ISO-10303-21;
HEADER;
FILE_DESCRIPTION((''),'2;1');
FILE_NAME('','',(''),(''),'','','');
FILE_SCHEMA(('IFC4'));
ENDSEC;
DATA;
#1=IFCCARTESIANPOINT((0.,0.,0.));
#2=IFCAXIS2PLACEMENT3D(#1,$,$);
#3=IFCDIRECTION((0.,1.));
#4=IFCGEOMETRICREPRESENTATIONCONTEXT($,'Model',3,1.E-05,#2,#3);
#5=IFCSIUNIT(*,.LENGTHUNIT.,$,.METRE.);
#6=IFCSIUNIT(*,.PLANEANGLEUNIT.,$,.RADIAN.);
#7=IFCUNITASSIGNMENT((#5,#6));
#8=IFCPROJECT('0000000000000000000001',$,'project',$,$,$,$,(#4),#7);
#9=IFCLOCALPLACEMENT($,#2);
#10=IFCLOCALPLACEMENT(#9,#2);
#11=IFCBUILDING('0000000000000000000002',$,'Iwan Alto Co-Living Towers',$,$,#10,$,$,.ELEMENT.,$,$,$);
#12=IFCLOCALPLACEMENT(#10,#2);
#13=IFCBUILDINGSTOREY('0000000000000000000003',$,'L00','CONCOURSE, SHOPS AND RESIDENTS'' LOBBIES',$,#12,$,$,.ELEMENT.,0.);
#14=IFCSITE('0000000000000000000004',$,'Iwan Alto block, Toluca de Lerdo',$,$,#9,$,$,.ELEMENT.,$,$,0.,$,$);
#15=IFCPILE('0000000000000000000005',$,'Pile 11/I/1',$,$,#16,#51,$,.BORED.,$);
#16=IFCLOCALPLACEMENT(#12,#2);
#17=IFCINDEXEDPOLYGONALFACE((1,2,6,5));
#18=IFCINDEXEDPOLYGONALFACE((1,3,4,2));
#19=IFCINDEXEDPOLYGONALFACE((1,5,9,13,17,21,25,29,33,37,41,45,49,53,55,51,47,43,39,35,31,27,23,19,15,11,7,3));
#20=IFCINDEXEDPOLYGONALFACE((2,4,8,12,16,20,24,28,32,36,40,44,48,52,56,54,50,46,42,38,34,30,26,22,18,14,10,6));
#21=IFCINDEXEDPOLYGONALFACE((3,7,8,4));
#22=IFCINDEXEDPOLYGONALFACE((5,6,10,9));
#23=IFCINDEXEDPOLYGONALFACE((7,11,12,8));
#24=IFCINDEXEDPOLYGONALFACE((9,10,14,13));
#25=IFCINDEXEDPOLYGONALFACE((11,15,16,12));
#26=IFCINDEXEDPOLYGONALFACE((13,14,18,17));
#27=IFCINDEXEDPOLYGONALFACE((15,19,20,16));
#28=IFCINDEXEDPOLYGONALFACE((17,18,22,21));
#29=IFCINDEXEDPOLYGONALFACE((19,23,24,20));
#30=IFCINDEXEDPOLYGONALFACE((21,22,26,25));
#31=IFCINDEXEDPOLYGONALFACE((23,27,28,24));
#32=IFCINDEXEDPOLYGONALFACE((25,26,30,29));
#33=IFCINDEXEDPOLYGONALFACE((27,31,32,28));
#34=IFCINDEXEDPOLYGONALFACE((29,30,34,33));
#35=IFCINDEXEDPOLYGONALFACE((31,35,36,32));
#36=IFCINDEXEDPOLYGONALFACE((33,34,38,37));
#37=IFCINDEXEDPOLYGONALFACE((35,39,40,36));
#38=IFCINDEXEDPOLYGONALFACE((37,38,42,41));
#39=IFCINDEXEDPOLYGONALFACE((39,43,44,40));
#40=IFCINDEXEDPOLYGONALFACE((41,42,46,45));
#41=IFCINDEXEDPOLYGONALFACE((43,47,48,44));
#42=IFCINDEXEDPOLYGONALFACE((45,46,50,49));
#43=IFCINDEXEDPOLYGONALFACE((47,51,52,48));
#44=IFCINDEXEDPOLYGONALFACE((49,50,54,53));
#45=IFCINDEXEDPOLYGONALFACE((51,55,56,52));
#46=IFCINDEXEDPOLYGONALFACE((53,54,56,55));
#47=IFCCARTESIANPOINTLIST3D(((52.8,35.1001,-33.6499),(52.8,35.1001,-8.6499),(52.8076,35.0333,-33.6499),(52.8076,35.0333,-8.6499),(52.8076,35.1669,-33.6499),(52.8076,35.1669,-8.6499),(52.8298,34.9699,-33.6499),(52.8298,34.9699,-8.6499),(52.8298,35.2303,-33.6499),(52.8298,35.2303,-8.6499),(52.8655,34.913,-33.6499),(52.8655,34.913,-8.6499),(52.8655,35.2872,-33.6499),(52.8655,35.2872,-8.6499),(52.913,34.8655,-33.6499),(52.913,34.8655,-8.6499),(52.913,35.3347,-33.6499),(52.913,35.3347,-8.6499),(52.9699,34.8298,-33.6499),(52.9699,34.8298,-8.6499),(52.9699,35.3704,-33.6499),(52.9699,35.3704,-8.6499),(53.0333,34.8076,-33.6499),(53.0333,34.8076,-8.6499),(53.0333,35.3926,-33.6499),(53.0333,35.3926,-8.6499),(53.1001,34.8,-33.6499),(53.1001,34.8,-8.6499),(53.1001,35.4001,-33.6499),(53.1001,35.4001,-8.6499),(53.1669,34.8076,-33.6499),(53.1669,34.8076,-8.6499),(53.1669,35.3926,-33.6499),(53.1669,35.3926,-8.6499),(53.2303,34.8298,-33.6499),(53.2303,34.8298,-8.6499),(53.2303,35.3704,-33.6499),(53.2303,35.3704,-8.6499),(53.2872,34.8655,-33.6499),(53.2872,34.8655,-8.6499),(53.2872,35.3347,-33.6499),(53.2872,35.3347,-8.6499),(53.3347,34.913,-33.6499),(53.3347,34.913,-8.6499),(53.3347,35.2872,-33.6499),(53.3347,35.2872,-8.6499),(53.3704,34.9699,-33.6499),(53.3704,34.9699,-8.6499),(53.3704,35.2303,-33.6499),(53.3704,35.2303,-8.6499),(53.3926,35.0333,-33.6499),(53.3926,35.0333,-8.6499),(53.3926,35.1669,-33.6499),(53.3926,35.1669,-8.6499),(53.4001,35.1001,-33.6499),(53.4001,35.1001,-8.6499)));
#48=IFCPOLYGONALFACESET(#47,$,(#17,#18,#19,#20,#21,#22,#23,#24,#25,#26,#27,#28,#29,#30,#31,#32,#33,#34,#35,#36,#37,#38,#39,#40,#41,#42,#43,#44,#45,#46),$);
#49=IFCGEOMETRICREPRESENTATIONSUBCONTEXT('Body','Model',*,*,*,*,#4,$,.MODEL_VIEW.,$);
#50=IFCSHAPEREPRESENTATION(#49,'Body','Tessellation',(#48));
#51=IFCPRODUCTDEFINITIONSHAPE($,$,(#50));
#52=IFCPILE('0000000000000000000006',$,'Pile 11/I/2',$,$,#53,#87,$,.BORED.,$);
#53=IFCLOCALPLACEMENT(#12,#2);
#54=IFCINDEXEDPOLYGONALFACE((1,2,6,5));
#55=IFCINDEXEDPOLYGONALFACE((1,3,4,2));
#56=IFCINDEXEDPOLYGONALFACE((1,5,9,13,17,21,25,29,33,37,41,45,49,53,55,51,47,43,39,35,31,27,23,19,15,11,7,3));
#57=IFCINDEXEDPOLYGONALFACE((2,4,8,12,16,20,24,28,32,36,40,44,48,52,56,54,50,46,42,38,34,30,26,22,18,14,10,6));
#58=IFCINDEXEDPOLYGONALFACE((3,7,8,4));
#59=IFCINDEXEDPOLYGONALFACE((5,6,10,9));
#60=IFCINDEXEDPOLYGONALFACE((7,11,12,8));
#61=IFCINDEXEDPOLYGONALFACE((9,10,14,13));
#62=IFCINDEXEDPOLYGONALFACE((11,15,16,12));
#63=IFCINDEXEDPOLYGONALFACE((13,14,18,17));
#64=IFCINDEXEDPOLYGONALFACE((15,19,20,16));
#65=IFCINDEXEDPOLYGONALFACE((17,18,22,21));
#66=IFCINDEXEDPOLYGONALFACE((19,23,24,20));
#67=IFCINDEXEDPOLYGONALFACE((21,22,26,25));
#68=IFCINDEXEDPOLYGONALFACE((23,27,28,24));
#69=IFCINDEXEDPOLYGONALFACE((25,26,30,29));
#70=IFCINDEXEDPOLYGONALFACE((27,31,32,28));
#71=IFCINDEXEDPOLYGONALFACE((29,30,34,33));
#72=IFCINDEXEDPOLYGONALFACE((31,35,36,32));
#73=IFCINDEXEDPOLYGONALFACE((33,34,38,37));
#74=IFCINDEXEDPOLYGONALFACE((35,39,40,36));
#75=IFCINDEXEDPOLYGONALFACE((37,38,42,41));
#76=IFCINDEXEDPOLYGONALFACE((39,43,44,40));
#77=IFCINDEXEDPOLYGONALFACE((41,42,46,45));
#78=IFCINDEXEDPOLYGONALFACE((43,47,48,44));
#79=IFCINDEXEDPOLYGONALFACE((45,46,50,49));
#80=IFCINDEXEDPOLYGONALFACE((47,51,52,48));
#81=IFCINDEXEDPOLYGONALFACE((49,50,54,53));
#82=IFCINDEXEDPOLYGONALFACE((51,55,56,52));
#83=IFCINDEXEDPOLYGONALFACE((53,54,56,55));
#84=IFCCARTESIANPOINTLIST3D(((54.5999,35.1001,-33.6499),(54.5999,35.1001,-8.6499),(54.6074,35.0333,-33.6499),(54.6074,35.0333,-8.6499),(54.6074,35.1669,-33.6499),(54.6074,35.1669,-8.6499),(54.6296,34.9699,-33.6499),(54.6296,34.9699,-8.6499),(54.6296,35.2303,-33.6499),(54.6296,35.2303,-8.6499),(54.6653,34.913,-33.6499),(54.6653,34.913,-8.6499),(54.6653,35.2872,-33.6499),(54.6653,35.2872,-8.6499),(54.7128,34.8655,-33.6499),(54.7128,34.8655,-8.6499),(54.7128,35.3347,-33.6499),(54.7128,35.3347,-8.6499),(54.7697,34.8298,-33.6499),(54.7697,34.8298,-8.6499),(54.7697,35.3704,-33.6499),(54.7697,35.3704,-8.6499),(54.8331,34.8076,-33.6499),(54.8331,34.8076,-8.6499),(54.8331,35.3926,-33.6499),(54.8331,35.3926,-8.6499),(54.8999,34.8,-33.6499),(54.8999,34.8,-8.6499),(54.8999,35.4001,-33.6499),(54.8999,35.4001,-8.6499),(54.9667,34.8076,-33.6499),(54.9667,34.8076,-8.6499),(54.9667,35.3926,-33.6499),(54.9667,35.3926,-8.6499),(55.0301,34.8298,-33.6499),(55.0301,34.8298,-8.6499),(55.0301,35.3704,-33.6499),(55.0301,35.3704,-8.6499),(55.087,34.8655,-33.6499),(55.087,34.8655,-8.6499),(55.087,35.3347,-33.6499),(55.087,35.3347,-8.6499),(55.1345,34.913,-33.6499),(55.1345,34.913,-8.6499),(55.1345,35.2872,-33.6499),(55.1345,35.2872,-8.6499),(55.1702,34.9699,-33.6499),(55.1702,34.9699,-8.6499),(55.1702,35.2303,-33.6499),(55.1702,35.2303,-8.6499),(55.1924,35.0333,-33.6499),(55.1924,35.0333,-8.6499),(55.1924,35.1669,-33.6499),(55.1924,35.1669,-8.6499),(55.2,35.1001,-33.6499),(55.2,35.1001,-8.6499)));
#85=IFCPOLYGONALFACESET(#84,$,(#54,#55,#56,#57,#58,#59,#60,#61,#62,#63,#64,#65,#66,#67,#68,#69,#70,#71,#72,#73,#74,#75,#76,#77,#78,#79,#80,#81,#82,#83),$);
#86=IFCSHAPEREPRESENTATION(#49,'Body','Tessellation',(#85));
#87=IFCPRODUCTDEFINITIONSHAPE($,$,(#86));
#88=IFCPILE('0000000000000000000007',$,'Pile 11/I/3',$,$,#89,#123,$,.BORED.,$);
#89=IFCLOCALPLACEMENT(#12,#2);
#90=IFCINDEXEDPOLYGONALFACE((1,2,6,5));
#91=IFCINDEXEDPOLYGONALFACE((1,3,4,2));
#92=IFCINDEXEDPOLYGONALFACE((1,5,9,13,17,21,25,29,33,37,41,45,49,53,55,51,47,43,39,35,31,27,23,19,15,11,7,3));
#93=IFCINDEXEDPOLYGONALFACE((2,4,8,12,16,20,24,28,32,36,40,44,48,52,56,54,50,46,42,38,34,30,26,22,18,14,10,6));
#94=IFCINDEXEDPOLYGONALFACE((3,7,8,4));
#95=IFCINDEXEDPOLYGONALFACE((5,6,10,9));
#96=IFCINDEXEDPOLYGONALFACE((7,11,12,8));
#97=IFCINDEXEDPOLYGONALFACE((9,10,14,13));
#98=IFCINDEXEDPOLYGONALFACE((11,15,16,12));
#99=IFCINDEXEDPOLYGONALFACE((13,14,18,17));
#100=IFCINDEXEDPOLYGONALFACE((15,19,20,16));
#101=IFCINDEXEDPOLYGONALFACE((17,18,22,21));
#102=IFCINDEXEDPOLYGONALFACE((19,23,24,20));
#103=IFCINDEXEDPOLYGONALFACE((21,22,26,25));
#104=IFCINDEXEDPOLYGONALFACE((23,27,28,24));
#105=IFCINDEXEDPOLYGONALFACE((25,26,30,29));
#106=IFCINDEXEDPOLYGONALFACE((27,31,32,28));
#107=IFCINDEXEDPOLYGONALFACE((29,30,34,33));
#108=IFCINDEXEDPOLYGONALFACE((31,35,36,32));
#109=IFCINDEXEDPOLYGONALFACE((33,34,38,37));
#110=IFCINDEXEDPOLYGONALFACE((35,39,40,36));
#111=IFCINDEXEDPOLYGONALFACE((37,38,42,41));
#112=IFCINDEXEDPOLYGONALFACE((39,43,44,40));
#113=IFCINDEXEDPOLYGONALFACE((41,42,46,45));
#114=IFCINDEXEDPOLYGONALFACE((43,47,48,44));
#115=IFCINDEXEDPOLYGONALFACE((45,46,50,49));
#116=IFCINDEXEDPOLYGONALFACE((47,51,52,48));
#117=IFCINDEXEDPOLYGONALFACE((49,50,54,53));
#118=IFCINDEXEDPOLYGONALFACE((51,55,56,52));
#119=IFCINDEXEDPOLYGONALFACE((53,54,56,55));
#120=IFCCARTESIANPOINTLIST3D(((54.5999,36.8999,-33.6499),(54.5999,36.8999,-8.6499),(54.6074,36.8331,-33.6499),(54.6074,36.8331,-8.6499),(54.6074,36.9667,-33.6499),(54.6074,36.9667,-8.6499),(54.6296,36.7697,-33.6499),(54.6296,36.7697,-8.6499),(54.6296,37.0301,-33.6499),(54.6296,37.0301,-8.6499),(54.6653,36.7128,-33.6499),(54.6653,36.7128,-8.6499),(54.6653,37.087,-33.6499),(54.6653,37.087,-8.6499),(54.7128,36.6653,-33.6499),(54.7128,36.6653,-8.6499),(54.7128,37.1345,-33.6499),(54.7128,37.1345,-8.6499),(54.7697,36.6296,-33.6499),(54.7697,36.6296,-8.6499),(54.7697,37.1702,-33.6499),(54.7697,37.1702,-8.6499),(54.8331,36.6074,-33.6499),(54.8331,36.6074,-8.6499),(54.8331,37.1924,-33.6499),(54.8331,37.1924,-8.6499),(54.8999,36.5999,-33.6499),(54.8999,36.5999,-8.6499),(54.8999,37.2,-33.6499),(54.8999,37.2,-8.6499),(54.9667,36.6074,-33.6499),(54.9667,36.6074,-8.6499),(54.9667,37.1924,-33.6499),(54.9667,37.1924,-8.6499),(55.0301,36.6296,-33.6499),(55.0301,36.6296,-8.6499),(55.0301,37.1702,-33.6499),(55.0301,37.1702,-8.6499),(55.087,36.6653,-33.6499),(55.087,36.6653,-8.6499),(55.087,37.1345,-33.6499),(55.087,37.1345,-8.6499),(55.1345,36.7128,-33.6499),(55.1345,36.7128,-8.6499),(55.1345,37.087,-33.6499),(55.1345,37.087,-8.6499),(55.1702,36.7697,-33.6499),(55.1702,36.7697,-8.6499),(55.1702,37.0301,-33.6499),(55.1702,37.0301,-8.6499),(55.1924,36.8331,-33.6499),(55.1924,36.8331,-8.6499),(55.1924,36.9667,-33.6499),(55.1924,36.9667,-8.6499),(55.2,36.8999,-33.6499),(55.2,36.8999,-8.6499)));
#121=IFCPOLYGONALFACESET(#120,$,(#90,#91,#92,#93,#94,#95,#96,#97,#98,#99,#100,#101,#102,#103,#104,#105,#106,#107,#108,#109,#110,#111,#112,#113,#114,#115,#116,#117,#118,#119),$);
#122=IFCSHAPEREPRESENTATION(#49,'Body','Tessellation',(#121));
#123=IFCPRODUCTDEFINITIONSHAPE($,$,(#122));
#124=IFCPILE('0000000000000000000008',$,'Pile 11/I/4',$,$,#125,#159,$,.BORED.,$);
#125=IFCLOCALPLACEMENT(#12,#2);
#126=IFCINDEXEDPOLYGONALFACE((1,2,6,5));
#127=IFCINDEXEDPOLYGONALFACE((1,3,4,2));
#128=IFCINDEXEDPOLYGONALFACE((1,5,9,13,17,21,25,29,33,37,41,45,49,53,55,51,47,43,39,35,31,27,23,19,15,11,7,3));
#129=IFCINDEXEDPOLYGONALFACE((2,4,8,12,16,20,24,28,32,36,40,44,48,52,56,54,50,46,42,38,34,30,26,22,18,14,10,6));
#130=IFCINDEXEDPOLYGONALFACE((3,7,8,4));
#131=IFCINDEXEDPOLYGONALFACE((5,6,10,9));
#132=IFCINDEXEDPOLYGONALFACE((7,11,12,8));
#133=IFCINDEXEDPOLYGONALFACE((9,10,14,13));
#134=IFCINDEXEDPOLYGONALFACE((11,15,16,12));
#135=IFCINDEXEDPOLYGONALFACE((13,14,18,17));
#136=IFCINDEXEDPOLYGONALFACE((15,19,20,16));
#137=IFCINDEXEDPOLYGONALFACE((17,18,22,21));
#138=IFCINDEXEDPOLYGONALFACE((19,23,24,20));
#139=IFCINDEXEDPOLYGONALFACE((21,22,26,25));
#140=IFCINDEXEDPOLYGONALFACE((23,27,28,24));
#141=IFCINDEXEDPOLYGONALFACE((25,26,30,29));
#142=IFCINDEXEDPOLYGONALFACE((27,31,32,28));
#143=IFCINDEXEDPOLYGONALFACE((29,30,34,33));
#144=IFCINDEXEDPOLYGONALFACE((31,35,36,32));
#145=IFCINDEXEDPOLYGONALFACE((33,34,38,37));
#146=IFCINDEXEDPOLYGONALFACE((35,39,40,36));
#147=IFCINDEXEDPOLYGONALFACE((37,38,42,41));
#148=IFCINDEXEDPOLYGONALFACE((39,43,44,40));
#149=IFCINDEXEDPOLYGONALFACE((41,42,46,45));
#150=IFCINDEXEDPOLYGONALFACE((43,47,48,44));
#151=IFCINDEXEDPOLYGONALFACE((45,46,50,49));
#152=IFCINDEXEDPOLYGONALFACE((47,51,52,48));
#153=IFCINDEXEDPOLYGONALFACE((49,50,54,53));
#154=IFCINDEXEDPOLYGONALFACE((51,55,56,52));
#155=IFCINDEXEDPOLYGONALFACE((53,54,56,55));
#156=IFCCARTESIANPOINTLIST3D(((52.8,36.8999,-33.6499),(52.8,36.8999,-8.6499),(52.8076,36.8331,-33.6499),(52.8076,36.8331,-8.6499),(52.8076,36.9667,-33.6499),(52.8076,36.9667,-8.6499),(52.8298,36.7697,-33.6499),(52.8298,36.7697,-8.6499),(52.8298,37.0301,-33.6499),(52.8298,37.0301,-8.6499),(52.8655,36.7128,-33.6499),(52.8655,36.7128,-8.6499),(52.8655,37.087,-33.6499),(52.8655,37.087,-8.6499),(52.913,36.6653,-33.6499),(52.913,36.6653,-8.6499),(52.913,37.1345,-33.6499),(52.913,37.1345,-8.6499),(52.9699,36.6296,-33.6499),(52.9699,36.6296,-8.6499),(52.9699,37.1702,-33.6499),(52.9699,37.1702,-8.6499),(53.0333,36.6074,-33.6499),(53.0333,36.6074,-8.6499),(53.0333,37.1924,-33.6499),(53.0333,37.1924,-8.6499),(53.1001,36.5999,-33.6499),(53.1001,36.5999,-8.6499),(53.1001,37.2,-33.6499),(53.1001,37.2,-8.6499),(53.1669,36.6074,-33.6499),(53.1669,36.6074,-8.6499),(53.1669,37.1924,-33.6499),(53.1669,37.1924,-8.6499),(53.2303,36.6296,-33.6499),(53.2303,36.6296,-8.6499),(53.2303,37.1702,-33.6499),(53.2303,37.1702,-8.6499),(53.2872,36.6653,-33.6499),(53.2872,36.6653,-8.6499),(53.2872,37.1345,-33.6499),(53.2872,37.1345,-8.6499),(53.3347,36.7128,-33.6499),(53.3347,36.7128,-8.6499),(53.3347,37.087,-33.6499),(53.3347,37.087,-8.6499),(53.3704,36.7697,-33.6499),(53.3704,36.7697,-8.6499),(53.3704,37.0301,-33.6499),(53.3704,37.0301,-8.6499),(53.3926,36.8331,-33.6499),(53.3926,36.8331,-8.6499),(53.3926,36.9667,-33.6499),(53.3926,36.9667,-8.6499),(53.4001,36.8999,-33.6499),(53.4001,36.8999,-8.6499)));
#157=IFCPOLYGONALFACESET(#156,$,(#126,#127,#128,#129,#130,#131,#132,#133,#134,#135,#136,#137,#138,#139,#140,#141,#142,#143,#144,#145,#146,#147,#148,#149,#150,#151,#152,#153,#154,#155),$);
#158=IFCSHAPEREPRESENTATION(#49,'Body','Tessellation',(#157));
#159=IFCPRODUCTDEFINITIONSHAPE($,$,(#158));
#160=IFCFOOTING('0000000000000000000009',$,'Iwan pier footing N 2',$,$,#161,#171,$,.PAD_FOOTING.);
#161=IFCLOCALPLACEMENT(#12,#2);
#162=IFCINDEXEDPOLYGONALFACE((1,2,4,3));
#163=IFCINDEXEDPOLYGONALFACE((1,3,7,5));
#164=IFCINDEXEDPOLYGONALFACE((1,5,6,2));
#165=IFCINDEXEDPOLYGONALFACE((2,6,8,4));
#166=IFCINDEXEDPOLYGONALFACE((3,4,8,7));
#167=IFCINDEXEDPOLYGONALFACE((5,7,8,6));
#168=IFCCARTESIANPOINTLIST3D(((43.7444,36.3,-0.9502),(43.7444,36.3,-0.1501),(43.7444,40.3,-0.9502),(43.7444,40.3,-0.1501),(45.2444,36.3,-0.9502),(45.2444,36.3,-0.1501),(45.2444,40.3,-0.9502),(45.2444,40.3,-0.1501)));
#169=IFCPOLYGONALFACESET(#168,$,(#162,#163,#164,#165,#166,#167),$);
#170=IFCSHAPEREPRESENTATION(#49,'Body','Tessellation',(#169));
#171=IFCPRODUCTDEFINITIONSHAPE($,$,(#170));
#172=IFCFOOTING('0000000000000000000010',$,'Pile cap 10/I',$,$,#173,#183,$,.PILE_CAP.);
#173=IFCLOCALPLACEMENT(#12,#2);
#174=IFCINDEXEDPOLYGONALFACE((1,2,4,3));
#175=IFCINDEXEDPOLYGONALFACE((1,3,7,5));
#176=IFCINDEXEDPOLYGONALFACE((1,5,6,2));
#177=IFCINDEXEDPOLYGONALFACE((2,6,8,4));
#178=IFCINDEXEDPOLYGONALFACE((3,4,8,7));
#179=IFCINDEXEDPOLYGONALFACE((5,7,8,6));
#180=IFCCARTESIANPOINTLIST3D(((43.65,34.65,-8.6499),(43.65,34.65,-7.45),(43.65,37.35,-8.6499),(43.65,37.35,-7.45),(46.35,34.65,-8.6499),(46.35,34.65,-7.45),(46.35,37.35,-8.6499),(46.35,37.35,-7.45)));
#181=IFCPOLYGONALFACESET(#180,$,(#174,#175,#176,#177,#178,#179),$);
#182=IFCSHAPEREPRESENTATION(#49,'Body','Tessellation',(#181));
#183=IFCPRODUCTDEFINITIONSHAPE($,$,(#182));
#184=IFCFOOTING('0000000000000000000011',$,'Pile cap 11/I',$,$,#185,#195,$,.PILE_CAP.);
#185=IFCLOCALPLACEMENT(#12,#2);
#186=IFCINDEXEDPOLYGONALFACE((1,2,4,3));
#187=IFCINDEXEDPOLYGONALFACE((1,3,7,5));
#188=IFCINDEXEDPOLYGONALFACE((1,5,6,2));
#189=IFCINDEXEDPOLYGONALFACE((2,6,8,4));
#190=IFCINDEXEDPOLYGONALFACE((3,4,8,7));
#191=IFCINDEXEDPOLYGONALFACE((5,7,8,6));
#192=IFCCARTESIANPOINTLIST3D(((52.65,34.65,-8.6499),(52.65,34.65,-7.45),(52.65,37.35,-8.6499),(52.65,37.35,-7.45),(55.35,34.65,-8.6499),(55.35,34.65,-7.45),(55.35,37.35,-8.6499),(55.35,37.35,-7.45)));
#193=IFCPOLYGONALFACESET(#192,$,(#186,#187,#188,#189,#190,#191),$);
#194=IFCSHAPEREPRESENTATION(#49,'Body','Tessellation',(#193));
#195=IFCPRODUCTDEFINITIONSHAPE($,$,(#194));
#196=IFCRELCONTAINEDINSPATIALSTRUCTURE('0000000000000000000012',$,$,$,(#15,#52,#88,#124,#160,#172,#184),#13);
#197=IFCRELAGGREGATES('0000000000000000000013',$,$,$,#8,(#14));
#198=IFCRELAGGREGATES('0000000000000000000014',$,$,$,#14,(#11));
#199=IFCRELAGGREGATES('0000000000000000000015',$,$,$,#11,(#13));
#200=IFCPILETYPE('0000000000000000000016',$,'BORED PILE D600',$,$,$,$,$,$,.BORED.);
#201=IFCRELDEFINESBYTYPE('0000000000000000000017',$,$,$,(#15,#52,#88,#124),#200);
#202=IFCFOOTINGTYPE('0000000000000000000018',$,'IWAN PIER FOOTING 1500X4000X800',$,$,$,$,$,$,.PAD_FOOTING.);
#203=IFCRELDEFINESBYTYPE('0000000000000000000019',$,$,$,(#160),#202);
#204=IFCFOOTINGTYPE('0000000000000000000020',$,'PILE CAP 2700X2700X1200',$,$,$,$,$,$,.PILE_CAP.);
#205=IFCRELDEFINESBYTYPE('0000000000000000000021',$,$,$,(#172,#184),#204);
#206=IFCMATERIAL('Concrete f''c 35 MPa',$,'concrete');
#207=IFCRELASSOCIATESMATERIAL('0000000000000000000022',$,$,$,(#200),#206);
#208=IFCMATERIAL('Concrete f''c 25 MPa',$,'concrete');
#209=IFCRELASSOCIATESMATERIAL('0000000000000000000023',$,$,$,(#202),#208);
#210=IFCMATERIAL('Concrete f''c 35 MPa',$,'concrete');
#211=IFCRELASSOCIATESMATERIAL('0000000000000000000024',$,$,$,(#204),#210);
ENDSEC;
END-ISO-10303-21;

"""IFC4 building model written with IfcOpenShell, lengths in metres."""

from ifc_helpers import new_model, si_unit, direction, frame, origin, origin_2d, place, context, subcontext, project, spatial, rectangle, circle, extrude, material, material_profile, profile_set, type_object, element, save


model = new_model("IFC4")

# Units and contexts
model_context = context("Model", 3, precision=1e-05, world=origin(), true_north=direction((0.0, 1.0)))
body_context = subcontext(model_context, "Body", "Model", "MODEL_VIEW")
ifc_project = project(units=[si_unit("LENGTHUNIT", "METRE"), si_unit("PLANEANGLEUNIT", "RADIAN")], contexts=[model_context])

# Site, building, storey
site_placement = place(None, origin())
site = spatial("IfcSite", under=ifc_project, at=site_placement, Name="Iwan Alto block, Toluca de Lerdo", CompositionType="ELEMENT", RefElevation=0.0)
building_placement = place(site_placement, origin())
building = spatial("IfcBuilding", under=site, at=building_placement, Name="Iwan Alto Co-Living Towers", CompositionType="ELEMENT")
storey_placement = place(building_placement, origin())
storey = spatial("IfcBuildingStorey", under=building, at=storey_placement, Name="L00", Description="CONCOURSE, SHOPS AND RESIDENTS' LOBBIES", CompositionType="ELEMENT", Elevation=0.0)

# Piles
ifc_material_1 = material(Name="Concrete f'c 35 MPa", Category="concrete")
ifc_material_profile_1 = material_profile(ifc_material_1, circle(Radius=0.3, at=origin_2d()), Name="D600")
ifc_profile_set_1 = profile_set([ifc_material_profile_1], Name="Concrete f'c 35 MPa")
pile_type = type_object("IfcPileType", Name="BORED PILE D600", PredefinedType="BORED", material=ifc_profile_set_1)
for number, where, z_axis, x_axis, name in (
    (1, (53.1001, 35.1001, -8.6499), (0.0, 0.0, -1.0), (1.0, 0.0, 0.0), "Pile 11/I/1"),
    (2, (54.8999, 35.1001, -8.6499), (0.0, 0.0, -1.0), (1.0, 0.0, 0.0), "Pile 11/I/2"),
    (3, (54.8999, 36.8999, -8.6499), (0.0, 0.0, -1.0), (1.0, 0.0, 0.0), "Pile 11/I/3"),
    (4, (53.1001, 36.8999, -8.6499), (0.0, 0.0, -1.0), (1.0, 0.0, 0.0), "Pile 11/I/4"),
):
    element("IfcPile", number, at=place(storey_placement, frame(where, z_axis=z_axis, x_axis=x_axis)), inside=storey, type_object=pile_type, Name=name, PredefinedType="BORED", context=body_context, shape_type="SweptSolid", body=[
        extrude(circle(Radius=0.3, at=origin_2d()), origin(), (0.0, 0.0, 1.0), 25.0),
    ])

# Footings
ifc_material_2 = material(Name="Concrete f'c 25 MPa", Category="concrete")
footing_type_1 = type_object("IfcFootingType", Name="IWAN PIER FOOTING 1500X4000X800", PredefinedType="PAD_FOOTING", material=ifc_material_2)
footing_placement = place(storey_placement, frame((44.4944, 38.3, -0.9502), z_axis=(0.0, 0.0, 1.0), x_axis=(1.0, 0.0, 0.0)))
element("IfcFooting", 5, at=footing_placement, inside=storey, type_object=footing_type_1, Name="Iwan pier footing N 2", PredefinedType="PAD_FOOTING", context=body_context, shape_type="SweptSolid", body=[
    extrude(rectangle(XDim=1.5, YDim=4.0, at=origin_2d()), origin(), (0.0, 0.0, 1.0), 0.8),
])
ifc_material_3 = material(Name="Concrete f'c 35 MPa", Category="concrete")
footing_type_2 = type_object("IfcFootingType", Name="PILE CAP 2700X2700X1200", PredefinedType="PILE_CAP", material=ifc_material_3)
for number, where, z_axis, x_axis, name in (
    (6, (45.0, 36.0, -8.6499), (0.0, 0.0, 1.0), (1.0, 0.0, 0.0), "Pile cap 10/I"),
    (7, (54.0, 36.0, -8.6499), (0.0, 0.0, 1.0), (1.0, 0.0, 0.0), "Pile cap 11/I"),
):
    element("IfcFooting", number, at=place(storey_placement, frame(where, z_axis=z_axis, x_axis=x_axis)), inside=storey, type_object=footing_type_2, Name=name, PredefinedType="PILE_CAP", context=body_context, shape_type="SweptSolid", body=[
        extrude(rectangle(XDim=2.7, YDim=2.7, at=origin_2d()), origin(), (0.0, 0.0, 1.0), 1.2),
    ])

save(model, "model.ifc")
